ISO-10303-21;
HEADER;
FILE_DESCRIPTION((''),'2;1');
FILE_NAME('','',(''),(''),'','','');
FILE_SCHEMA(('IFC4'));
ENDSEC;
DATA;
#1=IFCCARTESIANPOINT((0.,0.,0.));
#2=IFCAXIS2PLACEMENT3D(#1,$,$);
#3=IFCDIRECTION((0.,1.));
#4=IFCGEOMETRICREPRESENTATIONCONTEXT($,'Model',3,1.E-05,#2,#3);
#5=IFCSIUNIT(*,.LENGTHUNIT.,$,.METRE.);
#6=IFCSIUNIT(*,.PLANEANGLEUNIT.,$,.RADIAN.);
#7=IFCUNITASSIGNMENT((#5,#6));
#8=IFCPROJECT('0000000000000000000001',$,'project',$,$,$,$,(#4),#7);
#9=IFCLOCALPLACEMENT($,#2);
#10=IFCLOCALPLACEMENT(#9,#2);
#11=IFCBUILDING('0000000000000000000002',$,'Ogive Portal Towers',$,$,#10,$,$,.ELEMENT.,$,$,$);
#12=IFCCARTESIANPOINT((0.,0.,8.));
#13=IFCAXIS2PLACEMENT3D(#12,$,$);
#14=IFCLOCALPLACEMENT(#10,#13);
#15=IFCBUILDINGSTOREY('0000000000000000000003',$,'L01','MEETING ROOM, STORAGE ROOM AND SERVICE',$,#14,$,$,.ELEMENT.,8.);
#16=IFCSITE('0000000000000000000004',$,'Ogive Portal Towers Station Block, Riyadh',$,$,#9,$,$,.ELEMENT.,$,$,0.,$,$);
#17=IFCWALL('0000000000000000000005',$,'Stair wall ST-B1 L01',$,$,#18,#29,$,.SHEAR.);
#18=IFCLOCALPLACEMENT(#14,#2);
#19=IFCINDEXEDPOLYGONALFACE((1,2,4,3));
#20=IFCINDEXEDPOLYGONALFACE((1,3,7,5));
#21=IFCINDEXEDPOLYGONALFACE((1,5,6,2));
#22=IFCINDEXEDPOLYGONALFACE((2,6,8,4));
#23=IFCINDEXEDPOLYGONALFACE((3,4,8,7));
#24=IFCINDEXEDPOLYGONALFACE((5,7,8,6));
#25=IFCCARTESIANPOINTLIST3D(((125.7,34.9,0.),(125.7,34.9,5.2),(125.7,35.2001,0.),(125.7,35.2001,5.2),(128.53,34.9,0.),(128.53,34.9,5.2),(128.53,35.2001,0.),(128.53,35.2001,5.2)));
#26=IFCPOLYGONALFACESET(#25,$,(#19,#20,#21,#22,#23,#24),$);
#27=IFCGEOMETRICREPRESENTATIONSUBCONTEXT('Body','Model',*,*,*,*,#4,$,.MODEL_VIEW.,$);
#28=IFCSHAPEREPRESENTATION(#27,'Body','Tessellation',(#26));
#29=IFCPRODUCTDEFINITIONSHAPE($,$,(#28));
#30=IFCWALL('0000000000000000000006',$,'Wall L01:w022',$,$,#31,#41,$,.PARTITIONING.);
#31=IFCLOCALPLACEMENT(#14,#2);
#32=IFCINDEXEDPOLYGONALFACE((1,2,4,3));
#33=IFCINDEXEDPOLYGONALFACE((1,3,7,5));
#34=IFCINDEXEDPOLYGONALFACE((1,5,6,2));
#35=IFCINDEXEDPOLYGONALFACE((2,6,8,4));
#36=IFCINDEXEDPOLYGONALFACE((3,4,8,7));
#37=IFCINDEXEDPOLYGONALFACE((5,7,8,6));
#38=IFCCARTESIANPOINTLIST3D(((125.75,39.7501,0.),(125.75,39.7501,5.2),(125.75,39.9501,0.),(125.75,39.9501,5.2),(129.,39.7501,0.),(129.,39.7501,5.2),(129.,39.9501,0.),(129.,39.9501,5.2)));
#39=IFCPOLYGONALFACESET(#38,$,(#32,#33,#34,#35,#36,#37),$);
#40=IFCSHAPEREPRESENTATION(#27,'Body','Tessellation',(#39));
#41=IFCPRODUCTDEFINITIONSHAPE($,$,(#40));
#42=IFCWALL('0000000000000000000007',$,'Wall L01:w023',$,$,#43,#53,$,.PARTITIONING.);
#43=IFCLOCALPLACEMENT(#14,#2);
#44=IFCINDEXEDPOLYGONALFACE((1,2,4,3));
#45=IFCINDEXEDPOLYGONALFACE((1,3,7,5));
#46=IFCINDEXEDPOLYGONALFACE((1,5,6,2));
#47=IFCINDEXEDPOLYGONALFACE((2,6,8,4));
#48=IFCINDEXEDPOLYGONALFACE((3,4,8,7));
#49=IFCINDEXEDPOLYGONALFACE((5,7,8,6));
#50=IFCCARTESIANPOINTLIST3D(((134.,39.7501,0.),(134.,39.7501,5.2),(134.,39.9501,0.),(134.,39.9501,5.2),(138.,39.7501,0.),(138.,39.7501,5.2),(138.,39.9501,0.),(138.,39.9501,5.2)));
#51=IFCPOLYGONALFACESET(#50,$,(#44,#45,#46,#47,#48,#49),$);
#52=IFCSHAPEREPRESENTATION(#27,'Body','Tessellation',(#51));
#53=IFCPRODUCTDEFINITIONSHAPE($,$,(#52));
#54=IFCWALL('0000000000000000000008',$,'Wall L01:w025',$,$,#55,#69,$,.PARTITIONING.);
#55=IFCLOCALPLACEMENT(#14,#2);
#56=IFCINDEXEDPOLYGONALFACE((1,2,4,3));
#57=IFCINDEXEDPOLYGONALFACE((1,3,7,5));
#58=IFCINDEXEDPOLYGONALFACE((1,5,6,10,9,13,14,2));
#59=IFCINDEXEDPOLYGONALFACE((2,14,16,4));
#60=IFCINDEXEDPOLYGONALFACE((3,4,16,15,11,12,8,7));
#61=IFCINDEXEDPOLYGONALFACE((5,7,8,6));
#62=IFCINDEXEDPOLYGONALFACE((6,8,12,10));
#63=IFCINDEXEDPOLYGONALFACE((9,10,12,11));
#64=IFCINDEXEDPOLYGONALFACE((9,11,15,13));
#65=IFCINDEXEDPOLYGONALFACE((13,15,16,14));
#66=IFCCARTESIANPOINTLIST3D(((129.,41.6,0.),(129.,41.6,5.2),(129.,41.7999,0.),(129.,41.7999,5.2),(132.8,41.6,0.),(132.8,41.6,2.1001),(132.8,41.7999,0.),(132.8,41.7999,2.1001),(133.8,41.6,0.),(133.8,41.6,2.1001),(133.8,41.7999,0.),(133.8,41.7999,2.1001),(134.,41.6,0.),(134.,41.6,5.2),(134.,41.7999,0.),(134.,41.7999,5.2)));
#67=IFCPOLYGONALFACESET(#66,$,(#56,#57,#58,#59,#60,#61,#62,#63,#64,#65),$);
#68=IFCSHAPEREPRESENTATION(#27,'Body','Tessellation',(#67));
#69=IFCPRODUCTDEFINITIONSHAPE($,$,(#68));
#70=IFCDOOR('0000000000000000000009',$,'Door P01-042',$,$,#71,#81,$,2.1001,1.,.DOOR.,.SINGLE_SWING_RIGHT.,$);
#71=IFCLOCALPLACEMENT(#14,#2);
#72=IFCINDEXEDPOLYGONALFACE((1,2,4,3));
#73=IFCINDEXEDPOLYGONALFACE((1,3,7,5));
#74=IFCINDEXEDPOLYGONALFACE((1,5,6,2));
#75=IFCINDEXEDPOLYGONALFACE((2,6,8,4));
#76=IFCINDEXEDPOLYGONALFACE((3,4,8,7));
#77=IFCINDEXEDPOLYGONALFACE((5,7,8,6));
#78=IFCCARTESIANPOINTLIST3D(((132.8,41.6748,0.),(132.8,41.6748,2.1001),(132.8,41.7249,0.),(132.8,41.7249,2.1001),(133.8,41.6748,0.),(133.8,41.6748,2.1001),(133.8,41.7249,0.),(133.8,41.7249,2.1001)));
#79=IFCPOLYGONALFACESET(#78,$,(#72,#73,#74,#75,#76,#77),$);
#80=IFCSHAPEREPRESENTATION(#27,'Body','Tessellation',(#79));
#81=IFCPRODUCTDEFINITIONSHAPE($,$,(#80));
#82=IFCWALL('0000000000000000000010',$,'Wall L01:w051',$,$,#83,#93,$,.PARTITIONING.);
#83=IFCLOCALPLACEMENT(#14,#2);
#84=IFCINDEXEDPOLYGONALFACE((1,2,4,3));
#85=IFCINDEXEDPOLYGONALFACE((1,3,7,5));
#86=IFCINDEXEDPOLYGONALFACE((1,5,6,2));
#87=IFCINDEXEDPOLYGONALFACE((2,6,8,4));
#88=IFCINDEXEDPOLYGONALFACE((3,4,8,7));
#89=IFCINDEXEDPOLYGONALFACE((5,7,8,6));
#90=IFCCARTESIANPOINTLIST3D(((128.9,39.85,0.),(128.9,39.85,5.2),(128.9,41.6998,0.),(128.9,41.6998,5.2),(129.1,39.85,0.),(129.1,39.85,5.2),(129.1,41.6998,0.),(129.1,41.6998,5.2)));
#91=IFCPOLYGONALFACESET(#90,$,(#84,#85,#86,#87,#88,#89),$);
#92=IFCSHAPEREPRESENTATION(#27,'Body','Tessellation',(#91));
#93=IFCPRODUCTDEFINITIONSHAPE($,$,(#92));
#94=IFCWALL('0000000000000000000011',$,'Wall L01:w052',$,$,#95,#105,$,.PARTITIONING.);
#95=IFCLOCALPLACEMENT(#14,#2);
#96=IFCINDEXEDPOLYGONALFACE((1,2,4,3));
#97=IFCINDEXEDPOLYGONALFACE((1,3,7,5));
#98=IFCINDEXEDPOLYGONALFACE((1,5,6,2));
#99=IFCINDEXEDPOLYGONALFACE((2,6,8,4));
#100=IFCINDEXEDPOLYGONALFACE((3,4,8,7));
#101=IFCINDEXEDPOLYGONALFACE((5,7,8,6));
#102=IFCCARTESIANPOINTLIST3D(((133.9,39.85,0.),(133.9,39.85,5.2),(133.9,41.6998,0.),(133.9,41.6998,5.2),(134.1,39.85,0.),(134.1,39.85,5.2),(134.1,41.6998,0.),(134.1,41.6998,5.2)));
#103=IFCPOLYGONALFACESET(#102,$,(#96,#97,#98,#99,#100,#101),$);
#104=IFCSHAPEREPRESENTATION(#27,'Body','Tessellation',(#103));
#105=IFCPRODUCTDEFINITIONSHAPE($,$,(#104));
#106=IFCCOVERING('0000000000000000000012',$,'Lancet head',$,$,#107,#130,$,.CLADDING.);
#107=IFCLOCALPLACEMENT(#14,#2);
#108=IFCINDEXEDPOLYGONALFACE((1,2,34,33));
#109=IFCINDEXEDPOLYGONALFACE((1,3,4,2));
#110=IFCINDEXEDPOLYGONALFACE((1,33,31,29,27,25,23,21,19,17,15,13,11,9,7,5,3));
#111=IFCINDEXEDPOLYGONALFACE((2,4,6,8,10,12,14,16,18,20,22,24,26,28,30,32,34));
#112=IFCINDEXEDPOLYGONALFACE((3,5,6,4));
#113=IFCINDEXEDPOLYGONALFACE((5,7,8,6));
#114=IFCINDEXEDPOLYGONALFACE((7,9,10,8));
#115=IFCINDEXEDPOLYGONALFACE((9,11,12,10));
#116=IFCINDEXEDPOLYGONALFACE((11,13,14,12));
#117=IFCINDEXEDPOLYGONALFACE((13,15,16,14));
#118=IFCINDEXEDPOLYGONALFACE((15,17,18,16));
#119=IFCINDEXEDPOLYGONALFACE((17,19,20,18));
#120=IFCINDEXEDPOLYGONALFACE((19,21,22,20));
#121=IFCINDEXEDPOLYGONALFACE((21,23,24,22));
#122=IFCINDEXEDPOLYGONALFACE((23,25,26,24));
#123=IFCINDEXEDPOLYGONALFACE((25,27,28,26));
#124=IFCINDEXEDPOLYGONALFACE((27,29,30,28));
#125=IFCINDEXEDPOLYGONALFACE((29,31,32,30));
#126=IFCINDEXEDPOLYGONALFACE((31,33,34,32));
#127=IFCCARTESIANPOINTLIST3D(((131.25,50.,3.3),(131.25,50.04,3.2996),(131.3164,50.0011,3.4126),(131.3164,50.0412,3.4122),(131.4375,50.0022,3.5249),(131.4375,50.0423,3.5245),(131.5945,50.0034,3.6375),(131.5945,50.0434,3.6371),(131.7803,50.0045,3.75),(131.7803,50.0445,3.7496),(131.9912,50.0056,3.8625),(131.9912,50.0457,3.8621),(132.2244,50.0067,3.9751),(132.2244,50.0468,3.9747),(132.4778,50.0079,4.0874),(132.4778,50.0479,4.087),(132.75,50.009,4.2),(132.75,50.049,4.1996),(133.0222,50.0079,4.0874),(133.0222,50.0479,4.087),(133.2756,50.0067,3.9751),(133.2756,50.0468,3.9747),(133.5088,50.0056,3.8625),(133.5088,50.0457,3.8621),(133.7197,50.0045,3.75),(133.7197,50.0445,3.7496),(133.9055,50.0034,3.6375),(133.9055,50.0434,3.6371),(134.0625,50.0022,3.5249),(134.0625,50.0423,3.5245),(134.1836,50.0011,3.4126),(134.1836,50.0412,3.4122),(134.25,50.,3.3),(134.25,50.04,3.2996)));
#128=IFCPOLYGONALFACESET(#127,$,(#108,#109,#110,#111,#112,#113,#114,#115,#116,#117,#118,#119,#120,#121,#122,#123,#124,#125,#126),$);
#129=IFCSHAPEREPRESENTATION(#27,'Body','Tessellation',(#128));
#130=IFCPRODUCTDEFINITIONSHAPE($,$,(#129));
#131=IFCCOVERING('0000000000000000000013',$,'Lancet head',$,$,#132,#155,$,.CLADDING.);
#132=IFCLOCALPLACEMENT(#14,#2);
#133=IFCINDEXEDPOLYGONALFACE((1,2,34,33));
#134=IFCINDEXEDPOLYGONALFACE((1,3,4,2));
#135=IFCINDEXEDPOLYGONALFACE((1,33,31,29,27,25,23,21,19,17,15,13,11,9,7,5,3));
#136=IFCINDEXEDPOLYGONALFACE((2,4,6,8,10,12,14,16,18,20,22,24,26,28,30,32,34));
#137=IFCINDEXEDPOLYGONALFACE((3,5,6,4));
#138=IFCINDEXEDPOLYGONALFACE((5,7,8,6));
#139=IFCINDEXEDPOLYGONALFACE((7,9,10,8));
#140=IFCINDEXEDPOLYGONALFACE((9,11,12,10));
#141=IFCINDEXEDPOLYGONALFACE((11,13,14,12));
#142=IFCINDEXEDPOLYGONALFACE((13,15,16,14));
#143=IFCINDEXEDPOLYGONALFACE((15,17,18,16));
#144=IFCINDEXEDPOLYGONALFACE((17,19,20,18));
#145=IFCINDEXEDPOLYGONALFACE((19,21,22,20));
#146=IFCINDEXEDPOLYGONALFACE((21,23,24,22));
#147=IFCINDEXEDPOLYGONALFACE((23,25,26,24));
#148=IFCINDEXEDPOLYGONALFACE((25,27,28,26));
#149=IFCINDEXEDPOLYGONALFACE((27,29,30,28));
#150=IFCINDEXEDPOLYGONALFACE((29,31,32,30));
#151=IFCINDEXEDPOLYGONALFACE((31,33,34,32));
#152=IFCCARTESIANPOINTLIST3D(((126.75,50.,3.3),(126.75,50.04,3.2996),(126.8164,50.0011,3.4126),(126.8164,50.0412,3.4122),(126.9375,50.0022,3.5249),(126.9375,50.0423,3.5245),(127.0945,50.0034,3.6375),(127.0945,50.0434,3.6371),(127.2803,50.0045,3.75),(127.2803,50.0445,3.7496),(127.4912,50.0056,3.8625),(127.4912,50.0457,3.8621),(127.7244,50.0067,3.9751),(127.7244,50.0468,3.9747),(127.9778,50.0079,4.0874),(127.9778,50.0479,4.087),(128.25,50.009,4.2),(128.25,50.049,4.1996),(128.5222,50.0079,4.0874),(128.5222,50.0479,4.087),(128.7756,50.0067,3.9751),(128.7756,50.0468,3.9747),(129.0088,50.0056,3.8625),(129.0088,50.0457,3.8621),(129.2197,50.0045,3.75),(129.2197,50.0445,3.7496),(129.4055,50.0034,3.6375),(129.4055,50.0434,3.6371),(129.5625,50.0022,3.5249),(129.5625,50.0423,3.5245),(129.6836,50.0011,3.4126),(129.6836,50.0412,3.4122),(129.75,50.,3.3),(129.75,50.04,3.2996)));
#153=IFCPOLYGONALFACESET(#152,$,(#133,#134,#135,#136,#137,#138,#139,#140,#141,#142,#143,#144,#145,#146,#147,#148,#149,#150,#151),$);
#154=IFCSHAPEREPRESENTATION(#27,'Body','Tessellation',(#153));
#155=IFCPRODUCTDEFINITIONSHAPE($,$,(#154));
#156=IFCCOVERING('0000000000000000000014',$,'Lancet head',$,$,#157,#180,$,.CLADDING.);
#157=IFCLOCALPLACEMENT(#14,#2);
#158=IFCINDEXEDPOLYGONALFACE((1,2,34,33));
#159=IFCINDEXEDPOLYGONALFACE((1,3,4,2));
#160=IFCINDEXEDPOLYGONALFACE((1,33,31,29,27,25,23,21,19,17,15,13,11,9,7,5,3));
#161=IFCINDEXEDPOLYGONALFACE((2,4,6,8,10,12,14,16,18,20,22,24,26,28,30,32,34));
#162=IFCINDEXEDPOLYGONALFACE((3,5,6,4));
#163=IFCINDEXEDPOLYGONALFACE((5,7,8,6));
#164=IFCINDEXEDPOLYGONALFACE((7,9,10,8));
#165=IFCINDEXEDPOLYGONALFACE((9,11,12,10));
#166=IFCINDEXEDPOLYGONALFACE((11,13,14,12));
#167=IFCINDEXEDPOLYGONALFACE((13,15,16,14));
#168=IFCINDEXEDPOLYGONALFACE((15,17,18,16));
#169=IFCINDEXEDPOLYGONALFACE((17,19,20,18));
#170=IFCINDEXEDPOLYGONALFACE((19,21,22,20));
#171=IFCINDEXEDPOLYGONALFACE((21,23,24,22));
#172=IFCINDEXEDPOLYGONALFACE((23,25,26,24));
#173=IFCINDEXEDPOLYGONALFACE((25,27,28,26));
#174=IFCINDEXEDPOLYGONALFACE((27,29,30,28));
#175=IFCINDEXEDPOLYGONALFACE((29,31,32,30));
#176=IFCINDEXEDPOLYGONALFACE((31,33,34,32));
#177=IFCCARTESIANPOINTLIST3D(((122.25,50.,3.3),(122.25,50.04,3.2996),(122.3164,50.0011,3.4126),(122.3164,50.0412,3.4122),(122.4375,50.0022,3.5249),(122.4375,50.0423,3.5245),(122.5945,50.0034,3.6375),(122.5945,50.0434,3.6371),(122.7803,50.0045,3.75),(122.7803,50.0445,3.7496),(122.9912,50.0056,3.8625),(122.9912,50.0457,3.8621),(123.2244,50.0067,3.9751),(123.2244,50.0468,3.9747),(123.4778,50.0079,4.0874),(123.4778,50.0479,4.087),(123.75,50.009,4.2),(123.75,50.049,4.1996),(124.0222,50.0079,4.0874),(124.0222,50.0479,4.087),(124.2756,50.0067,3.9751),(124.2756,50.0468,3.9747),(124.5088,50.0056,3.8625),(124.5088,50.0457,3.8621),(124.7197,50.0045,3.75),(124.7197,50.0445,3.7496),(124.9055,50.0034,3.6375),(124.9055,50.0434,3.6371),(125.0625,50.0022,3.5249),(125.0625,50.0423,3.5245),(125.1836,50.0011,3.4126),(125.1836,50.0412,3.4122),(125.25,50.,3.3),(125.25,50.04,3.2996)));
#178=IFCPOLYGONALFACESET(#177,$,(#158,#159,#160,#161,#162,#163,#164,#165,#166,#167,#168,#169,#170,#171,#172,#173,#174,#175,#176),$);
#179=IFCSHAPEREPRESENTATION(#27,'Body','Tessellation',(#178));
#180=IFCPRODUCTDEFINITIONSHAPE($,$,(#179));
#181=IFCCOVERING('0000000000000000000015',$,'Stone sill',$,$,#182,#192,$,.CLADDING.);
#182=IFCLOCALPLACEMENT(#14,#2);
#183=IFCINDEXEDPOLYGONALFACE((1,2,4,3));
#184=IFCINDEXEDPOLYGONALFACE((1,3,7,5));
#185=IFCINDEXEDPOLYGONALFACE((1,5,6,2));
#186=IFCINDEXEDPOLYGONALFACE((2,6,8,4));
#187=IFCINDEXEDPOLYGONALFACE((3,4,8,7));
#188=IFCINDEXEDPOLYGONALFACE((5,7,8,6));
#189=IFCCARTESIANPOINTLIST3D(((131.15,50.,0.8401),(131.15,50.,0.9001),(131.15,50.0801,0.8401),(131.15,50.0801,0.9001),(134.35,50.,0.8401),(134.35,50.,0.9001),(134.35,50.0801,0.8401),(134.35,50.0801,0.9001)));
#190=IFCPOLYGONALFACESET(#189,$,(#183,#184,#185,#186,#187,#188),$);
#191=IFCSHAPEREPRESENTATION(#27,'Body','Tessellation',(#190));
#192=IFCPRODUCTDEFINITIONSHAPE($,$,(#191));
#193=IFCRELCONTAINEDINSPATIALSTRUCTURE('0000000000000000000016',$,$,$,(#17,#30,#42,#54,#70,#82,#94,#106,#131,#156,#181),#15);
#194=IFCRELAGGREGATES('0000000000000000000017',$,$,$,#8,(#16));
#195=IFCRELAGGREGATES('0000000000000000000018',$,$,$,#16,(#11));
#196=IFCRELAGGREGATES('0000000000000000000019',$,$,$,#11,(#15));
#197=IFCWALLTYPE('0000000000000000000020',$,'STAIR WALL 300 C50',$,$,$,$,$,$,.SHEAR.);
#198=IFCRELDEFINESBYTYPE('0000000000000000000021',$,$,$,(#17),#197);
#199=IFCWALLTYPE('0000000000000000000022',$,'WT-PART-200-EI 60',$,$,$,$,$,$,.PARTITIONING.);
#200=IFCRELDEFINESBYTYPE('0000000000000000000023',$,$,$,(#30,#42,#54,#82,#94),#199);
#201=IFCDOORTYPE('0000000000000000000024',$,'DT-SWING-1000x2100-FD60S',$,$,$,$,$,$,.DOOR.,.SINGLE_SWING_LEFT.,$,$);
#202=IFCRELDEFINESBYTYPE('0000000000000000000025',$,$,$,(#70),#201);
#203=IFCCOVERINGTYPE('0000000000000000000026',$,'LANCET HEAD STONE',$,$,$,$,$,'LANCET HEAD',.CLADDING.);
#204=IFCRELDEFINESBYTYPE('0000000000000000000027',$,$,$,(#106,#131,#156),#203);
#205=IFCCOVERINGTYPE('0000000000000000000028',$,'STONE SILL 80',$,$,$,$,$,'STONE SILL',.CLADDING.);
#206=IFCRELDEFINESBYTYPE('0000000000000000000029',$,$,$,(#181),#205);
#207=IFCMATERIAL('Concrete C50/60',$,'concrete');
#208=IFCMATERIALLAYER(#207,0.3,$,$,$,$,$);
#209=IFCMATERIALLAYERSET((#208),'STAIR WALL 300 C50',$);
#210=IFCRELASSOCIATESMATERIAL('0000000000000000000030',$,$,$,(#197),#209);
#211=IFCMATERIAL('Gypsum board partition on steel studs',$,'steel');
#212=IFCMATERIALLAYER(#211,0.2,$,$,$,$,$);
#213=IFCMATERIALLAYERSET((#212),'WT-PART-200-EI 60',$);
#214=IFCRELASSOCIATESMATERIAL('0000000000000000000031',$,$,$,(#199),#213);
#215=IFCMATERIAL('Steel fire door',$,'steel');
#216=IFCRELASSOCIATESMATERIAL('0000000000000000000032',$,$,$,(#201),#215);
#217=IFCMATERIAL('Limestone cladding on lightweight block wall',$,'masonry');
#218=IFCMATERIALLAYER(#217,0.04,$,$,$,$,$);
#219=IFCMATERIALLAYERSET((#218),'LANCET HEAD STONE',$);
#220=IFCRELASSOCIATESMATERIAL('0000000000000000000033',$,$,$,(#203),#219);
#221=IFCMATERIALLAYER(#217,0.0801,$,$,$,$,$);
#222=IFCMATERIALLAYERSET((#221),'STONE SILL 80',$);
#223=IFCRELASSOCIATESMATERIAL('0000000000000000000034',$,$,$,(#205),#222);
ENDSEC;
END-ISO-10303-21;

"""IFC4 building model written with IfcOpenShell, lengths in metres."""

from ifc_helpers import new_model, si_unit, direction, frame, frame_2d, origin, origin_2d, place, context, subcontext, project, spatial, polyline, rectangle, outline, extrude, material, layer, layer_set, type_object, element, fill, save


model = new_model("IFC4")

# Units and contexts
model_context = context("Model", 3, precision=1e-05, world=origin(), true_north=direction((0.0, 1.0)))
body_context = subcontext(model_context, "Body", "Model", "MODEL_VIEW")
ifc_project = project(units=[si_unit("LENGTHUNIT", "METRE"), si_unit("PLANEANGLEUNIT", "RADIAN")], contexts=[model_context])

# Site, building, storey
site_placement = place(None, origin())
site = spatial("IfcSite", under=ifc_project, at=site_placement, Name="Ogive Portal Towers Station Block, Riyadh", CompositionType="ELEMENT", RefElevation=0.0)
building_placement = place(site_placement, origin())
building = spatial("IfcBuilding", under=site, at=building_placement, Name="Ogive Portal Towers", CompositionType="ELEMENT")
storey_placement = place(building_placement, frame((0.0, 0.0, 8.0)))
storey = spatial("IfcBuildingStorey", under=building, at=storey_placement, Name="L01", Description="MEETING ROOM, STORAGE ROOM AND SERVICE", CompositionType="ELEMENT", Elevation=8.0)

# Shared definitions
ifc_material_1 = material(Name="Concrete C50/60", Category="concrete")

# Shared definitions
ifc_material_2 = material(Name="Steel fire door", Category="steel")

# Walls
ifc_layer_1 = layer(ifc_material_1, 0.3)
ifc_layer_set_1 = layer_set([ifc_layer_1], Name="STAIR WALL 300 C50")
wall_type_1 = type_object("IfcWallType", Name="STAIR WALL 300 C50", PredefinedType="SHEAR", material=ifc_layer_set_1)
wall_1_placement = place(storey_placement, frame((125.7, 35.05, 0.0), z_axis=(0.0, 0.0, 1.0), x_axis=(1.0, 0.0, 0.0)))
element("IfcWall", 1, at=wall_1_placement, inside=storey, type_object=wall_type_1, Name="Stair wall ST-B1 L01", PredefinedType="SHEAR", context=body_context, shape_type="SweptSolid", body=[
    extrude(rectangle(XDim=2.8301, YDim=0.3, at=frame_2d((1.415, 0.0))), origin(), (0.0, 0.0, 1.0), 5.2),
])
ifc_material_3 = material(Name="Gypsum board partition on steel studs", Category="steel")
ifc_layer_2 = layer(ifc_material_3, 0.2)
ifc_layer_set_2 = layer_set([ifc_layer_2], Name="WT-PART-200-EI 60")
wall_type_2 = type_object("IfcWallType", Name="WT-PART-200-EI 60", PredefinedType="PARTITIONING", material=ifc_layer_set_2)
wall_2_placement = place(storey_placement, frame((125.75, 39.8501, 0.0), z_axis=(0.0, 0.0, 1.0), x_axis=(1.0, 0.0, 0.0)))
element("IfcWall", 2, at=wall_2_placement, inside=storey, type_object=wall_type_2, Name="Wall L01:w022", PredefinedType="PARTITIONING", context=body_context, shape_type="SweptSolid", body=[
    extrude(rectangle(XDim=3.25, YDim=0.2, at=frame_2d((1.625, 0.0))), origin(), (0.0, 0.0, 1.0), 5.2),
])
wall_3_placement = place(storey_placement, frame((134.0, 39.8501, 0.0), z_axis=(0.0, 0.0, 1.0), x_axis=(1.0, 0.0, 0.0)))
element("IfcWall", 3, at=wall_3_placement, inside=storey, type_object=wall_type_2, Name="Wall L01:w023", PredefinedType="PARTITIONING", context=body_context, shape_type="SweptSolid", body=[
    extrude(rectangle(XDim=4.0, YDim=0.2, at=frame_2d((2.0, 0.0))), origin(), (0.0, 0.0, 1.0), 5.2),
])

# Wall, opening, door
wall_4_placement = place(storey_placement, frame((129.0, 41.7, 0.0), z_axis=(0.0, 0.0, 1.0), x_axis=(1.0, 0.0, 0.0)))
wall_4 = element("IfcWall", 4, at=wall_4_placement, inside=storey, type_object=wall_type_2, Name="Wall L01:w025", PredefinedType="PARTITIONING", context=body_context, shape_type="SweptSolid", body=[
    extrude(rectangle(XDim=5.0, YDim=0.2, at=frame_2d((2.5, 0.0))), origin(), (0.0, 0.0, 1.0), 5.2),
])
opening_1_placement = place(wall_4_placement, frame((3.8, 0.0, 0.0)))
opening_1 = element("IfcOpeningElement", 5, at=opening_1_placement, cuts=wall_4, PredefinedType="OPENING", context=body_context, shape_type="SweptSolid", body=[
    extrude(rectangle(XDim=1.0, YDim=2.1001, at=frame_2d((0.5, 1.05))), frame((0.0, 0.1099, 0.0), z_axis=(0.0, -1.0, 0.0), x_axis=(1.0, 0.0, 0.0)), (0.0, 0.0, 1.0), 0.22),
])
door_type_1 = type_object("IfcDoorType", Name="DT-SWING-1000x2100-FD60S", OperationType="SINGLE_SWING_LEFT", PredefinedType="DOOR", material=ifc_material_2)
door_1_placement = place(opening_1_placement, origin())
door_1 = element("IfcDoor", 6, at=door_1_placement, inside=storey, type_object=door_type_1, Name="Door P01-042", OperationType="SINGLE_SWING_RIGHT", OverallHeight=2.1001, OverallWidth=1.0, PredefinedType="DOOR", context=body_context, shape_type="SweptSolid", body=[
    extrude(rectangle(XDim=1.0, YDim=2.1001, at=frame_2d((0.5, 1.05))), frame((0.0, 0.0249, 0.0), z_axis=(0.0, -1.0, 0.0), x_axis=(1.0, 0.0, 0.0)), (0.0, 0.0, 1.0), 0.05),
])
fill(opening_1, door_1)

# Walls
for number, where, z_axis, x_axis, name in (
    (7, (129.0, 39.8501, 0.0), (0.0, 0.0, 1.0), (0.0, 1.0, 0.0), "Wall L01:w051"),
    (8, (134.0, 39.8501, 0.0), (0.0, 0.0, 1.0), (0.0, 1.0, 0.0), "Wall L01:w052"),
):
    element("IfcWall", number, at=place(storey_placement, frame(where, z_axis=z_axis, x_axis=x_axis)), inside=storey, type_object=wall_type_2, Name=name, PredefinedType="PARTITIONING", context=body_context, shape_type="SweptSolid", body=[
        extrude(rectangle(XDim=1.8499, YDim=0.2, at=frame_2d((0.9248, 0.0))), origin(), (0.0, 0.0, 1.0), 5.2),
    ])

# Coverings
ifc_material_4 = material(Name="Limestone cladding on lightweight block wall", Category="masonry")
ifc_layer_3 = layer(ifc_material_4, 0.04)
ifc_layer_set_3 = layer_set([ifc_layer_3], Name="LANCET HEAD STONE")
covering_type_1 = type_object("IfcCoveringType", Name="LANCET HEAD STONE", ElementType="LANCET HEAD", PredefinedType="CLADDING", material=ifc_layer_set_3)
for number, where, z_axis, x_axis, name in (
    (9, (134.25, 50.0, 3.3), (0.0, -0.99995, 0.009994), (-1.0, 0.0, 0.0), "Lancet head"),
    (10, (129.75, 50.0, 3.3), (0.0, -0.99995, 0.009994), (-1.0, 0.0, 0.0), "Lancet head"),
    (11, (125.25, 50.0, 3.3), (0.0, -0.99995, 0.009994), (-1.0, 0.0, 0.0), "Lancet head"),
):
    element("IfcCovering", number, at=place(storey_placement, frame(where, z_axis=z_axis, x_axis=x_axis)), inside=storey, type_object=covering_type_1, Name=name, PredefinedType="CLADDING", context=body_context, shape_type="SweptSolid", body=[
        extrude(outline(polyline([(0.0, 0.0), (3.0, 0.0), (2.9336, -0.1126), (2.8125, -0.2249), (2.6555, -0.3374), (2.4697, -0.45), (2.2588, -0.5625), (2.0256, -0.6751), (1.7722, -0.7874), (1.5, -0.8999), (1.2278, -0.7874), (0.9744, -0.6751), (0.7412, -0.5625), (0.5303, -0.45), (0.3445, -0.3374), (0.1875, -0.2249), (0.0664, -0.1126), (0.0, 0.0)])), origin(), (0.0, 0.0, -1.0), 0.04),
    ])
ifc_layer_4 = layer(ifc_material_4, 0.0801)
ifc_layer_set_4 = layer_set([ifc_layer_4], Name="STONE SILL 80")
covering_type_2 = type_object("IfcCoveringType", Name="STONE SILL 80", ElementType="STONE SILL", PredefinedType="CLADDING", material=ifc_layer_set_4)
for number, where, z_axis, x_axis, name in (
    (12, (132.75, 50.04, 0.8401), (0.0, 0.0, 1.0), (-1.0, 0.0, 0.0), "Stone sill"),
):
    element("IfcCovering", number, at=place(storey_placement, frame(where, z_axis=z_axis, x_axis=x_axis)), inside=storey, type_object=covering_type_2, Name=name, PredefinedType="CLADDING", context=body_context, shape_type="SweptSolid", body=[
        extrude(rectangle(XDim=3.2, YDim=0.0801, at=origin_2d()), origin(), (0.0, 0.0, 1.0), 0.0601),
    ])

save(model, "model.ifc")
